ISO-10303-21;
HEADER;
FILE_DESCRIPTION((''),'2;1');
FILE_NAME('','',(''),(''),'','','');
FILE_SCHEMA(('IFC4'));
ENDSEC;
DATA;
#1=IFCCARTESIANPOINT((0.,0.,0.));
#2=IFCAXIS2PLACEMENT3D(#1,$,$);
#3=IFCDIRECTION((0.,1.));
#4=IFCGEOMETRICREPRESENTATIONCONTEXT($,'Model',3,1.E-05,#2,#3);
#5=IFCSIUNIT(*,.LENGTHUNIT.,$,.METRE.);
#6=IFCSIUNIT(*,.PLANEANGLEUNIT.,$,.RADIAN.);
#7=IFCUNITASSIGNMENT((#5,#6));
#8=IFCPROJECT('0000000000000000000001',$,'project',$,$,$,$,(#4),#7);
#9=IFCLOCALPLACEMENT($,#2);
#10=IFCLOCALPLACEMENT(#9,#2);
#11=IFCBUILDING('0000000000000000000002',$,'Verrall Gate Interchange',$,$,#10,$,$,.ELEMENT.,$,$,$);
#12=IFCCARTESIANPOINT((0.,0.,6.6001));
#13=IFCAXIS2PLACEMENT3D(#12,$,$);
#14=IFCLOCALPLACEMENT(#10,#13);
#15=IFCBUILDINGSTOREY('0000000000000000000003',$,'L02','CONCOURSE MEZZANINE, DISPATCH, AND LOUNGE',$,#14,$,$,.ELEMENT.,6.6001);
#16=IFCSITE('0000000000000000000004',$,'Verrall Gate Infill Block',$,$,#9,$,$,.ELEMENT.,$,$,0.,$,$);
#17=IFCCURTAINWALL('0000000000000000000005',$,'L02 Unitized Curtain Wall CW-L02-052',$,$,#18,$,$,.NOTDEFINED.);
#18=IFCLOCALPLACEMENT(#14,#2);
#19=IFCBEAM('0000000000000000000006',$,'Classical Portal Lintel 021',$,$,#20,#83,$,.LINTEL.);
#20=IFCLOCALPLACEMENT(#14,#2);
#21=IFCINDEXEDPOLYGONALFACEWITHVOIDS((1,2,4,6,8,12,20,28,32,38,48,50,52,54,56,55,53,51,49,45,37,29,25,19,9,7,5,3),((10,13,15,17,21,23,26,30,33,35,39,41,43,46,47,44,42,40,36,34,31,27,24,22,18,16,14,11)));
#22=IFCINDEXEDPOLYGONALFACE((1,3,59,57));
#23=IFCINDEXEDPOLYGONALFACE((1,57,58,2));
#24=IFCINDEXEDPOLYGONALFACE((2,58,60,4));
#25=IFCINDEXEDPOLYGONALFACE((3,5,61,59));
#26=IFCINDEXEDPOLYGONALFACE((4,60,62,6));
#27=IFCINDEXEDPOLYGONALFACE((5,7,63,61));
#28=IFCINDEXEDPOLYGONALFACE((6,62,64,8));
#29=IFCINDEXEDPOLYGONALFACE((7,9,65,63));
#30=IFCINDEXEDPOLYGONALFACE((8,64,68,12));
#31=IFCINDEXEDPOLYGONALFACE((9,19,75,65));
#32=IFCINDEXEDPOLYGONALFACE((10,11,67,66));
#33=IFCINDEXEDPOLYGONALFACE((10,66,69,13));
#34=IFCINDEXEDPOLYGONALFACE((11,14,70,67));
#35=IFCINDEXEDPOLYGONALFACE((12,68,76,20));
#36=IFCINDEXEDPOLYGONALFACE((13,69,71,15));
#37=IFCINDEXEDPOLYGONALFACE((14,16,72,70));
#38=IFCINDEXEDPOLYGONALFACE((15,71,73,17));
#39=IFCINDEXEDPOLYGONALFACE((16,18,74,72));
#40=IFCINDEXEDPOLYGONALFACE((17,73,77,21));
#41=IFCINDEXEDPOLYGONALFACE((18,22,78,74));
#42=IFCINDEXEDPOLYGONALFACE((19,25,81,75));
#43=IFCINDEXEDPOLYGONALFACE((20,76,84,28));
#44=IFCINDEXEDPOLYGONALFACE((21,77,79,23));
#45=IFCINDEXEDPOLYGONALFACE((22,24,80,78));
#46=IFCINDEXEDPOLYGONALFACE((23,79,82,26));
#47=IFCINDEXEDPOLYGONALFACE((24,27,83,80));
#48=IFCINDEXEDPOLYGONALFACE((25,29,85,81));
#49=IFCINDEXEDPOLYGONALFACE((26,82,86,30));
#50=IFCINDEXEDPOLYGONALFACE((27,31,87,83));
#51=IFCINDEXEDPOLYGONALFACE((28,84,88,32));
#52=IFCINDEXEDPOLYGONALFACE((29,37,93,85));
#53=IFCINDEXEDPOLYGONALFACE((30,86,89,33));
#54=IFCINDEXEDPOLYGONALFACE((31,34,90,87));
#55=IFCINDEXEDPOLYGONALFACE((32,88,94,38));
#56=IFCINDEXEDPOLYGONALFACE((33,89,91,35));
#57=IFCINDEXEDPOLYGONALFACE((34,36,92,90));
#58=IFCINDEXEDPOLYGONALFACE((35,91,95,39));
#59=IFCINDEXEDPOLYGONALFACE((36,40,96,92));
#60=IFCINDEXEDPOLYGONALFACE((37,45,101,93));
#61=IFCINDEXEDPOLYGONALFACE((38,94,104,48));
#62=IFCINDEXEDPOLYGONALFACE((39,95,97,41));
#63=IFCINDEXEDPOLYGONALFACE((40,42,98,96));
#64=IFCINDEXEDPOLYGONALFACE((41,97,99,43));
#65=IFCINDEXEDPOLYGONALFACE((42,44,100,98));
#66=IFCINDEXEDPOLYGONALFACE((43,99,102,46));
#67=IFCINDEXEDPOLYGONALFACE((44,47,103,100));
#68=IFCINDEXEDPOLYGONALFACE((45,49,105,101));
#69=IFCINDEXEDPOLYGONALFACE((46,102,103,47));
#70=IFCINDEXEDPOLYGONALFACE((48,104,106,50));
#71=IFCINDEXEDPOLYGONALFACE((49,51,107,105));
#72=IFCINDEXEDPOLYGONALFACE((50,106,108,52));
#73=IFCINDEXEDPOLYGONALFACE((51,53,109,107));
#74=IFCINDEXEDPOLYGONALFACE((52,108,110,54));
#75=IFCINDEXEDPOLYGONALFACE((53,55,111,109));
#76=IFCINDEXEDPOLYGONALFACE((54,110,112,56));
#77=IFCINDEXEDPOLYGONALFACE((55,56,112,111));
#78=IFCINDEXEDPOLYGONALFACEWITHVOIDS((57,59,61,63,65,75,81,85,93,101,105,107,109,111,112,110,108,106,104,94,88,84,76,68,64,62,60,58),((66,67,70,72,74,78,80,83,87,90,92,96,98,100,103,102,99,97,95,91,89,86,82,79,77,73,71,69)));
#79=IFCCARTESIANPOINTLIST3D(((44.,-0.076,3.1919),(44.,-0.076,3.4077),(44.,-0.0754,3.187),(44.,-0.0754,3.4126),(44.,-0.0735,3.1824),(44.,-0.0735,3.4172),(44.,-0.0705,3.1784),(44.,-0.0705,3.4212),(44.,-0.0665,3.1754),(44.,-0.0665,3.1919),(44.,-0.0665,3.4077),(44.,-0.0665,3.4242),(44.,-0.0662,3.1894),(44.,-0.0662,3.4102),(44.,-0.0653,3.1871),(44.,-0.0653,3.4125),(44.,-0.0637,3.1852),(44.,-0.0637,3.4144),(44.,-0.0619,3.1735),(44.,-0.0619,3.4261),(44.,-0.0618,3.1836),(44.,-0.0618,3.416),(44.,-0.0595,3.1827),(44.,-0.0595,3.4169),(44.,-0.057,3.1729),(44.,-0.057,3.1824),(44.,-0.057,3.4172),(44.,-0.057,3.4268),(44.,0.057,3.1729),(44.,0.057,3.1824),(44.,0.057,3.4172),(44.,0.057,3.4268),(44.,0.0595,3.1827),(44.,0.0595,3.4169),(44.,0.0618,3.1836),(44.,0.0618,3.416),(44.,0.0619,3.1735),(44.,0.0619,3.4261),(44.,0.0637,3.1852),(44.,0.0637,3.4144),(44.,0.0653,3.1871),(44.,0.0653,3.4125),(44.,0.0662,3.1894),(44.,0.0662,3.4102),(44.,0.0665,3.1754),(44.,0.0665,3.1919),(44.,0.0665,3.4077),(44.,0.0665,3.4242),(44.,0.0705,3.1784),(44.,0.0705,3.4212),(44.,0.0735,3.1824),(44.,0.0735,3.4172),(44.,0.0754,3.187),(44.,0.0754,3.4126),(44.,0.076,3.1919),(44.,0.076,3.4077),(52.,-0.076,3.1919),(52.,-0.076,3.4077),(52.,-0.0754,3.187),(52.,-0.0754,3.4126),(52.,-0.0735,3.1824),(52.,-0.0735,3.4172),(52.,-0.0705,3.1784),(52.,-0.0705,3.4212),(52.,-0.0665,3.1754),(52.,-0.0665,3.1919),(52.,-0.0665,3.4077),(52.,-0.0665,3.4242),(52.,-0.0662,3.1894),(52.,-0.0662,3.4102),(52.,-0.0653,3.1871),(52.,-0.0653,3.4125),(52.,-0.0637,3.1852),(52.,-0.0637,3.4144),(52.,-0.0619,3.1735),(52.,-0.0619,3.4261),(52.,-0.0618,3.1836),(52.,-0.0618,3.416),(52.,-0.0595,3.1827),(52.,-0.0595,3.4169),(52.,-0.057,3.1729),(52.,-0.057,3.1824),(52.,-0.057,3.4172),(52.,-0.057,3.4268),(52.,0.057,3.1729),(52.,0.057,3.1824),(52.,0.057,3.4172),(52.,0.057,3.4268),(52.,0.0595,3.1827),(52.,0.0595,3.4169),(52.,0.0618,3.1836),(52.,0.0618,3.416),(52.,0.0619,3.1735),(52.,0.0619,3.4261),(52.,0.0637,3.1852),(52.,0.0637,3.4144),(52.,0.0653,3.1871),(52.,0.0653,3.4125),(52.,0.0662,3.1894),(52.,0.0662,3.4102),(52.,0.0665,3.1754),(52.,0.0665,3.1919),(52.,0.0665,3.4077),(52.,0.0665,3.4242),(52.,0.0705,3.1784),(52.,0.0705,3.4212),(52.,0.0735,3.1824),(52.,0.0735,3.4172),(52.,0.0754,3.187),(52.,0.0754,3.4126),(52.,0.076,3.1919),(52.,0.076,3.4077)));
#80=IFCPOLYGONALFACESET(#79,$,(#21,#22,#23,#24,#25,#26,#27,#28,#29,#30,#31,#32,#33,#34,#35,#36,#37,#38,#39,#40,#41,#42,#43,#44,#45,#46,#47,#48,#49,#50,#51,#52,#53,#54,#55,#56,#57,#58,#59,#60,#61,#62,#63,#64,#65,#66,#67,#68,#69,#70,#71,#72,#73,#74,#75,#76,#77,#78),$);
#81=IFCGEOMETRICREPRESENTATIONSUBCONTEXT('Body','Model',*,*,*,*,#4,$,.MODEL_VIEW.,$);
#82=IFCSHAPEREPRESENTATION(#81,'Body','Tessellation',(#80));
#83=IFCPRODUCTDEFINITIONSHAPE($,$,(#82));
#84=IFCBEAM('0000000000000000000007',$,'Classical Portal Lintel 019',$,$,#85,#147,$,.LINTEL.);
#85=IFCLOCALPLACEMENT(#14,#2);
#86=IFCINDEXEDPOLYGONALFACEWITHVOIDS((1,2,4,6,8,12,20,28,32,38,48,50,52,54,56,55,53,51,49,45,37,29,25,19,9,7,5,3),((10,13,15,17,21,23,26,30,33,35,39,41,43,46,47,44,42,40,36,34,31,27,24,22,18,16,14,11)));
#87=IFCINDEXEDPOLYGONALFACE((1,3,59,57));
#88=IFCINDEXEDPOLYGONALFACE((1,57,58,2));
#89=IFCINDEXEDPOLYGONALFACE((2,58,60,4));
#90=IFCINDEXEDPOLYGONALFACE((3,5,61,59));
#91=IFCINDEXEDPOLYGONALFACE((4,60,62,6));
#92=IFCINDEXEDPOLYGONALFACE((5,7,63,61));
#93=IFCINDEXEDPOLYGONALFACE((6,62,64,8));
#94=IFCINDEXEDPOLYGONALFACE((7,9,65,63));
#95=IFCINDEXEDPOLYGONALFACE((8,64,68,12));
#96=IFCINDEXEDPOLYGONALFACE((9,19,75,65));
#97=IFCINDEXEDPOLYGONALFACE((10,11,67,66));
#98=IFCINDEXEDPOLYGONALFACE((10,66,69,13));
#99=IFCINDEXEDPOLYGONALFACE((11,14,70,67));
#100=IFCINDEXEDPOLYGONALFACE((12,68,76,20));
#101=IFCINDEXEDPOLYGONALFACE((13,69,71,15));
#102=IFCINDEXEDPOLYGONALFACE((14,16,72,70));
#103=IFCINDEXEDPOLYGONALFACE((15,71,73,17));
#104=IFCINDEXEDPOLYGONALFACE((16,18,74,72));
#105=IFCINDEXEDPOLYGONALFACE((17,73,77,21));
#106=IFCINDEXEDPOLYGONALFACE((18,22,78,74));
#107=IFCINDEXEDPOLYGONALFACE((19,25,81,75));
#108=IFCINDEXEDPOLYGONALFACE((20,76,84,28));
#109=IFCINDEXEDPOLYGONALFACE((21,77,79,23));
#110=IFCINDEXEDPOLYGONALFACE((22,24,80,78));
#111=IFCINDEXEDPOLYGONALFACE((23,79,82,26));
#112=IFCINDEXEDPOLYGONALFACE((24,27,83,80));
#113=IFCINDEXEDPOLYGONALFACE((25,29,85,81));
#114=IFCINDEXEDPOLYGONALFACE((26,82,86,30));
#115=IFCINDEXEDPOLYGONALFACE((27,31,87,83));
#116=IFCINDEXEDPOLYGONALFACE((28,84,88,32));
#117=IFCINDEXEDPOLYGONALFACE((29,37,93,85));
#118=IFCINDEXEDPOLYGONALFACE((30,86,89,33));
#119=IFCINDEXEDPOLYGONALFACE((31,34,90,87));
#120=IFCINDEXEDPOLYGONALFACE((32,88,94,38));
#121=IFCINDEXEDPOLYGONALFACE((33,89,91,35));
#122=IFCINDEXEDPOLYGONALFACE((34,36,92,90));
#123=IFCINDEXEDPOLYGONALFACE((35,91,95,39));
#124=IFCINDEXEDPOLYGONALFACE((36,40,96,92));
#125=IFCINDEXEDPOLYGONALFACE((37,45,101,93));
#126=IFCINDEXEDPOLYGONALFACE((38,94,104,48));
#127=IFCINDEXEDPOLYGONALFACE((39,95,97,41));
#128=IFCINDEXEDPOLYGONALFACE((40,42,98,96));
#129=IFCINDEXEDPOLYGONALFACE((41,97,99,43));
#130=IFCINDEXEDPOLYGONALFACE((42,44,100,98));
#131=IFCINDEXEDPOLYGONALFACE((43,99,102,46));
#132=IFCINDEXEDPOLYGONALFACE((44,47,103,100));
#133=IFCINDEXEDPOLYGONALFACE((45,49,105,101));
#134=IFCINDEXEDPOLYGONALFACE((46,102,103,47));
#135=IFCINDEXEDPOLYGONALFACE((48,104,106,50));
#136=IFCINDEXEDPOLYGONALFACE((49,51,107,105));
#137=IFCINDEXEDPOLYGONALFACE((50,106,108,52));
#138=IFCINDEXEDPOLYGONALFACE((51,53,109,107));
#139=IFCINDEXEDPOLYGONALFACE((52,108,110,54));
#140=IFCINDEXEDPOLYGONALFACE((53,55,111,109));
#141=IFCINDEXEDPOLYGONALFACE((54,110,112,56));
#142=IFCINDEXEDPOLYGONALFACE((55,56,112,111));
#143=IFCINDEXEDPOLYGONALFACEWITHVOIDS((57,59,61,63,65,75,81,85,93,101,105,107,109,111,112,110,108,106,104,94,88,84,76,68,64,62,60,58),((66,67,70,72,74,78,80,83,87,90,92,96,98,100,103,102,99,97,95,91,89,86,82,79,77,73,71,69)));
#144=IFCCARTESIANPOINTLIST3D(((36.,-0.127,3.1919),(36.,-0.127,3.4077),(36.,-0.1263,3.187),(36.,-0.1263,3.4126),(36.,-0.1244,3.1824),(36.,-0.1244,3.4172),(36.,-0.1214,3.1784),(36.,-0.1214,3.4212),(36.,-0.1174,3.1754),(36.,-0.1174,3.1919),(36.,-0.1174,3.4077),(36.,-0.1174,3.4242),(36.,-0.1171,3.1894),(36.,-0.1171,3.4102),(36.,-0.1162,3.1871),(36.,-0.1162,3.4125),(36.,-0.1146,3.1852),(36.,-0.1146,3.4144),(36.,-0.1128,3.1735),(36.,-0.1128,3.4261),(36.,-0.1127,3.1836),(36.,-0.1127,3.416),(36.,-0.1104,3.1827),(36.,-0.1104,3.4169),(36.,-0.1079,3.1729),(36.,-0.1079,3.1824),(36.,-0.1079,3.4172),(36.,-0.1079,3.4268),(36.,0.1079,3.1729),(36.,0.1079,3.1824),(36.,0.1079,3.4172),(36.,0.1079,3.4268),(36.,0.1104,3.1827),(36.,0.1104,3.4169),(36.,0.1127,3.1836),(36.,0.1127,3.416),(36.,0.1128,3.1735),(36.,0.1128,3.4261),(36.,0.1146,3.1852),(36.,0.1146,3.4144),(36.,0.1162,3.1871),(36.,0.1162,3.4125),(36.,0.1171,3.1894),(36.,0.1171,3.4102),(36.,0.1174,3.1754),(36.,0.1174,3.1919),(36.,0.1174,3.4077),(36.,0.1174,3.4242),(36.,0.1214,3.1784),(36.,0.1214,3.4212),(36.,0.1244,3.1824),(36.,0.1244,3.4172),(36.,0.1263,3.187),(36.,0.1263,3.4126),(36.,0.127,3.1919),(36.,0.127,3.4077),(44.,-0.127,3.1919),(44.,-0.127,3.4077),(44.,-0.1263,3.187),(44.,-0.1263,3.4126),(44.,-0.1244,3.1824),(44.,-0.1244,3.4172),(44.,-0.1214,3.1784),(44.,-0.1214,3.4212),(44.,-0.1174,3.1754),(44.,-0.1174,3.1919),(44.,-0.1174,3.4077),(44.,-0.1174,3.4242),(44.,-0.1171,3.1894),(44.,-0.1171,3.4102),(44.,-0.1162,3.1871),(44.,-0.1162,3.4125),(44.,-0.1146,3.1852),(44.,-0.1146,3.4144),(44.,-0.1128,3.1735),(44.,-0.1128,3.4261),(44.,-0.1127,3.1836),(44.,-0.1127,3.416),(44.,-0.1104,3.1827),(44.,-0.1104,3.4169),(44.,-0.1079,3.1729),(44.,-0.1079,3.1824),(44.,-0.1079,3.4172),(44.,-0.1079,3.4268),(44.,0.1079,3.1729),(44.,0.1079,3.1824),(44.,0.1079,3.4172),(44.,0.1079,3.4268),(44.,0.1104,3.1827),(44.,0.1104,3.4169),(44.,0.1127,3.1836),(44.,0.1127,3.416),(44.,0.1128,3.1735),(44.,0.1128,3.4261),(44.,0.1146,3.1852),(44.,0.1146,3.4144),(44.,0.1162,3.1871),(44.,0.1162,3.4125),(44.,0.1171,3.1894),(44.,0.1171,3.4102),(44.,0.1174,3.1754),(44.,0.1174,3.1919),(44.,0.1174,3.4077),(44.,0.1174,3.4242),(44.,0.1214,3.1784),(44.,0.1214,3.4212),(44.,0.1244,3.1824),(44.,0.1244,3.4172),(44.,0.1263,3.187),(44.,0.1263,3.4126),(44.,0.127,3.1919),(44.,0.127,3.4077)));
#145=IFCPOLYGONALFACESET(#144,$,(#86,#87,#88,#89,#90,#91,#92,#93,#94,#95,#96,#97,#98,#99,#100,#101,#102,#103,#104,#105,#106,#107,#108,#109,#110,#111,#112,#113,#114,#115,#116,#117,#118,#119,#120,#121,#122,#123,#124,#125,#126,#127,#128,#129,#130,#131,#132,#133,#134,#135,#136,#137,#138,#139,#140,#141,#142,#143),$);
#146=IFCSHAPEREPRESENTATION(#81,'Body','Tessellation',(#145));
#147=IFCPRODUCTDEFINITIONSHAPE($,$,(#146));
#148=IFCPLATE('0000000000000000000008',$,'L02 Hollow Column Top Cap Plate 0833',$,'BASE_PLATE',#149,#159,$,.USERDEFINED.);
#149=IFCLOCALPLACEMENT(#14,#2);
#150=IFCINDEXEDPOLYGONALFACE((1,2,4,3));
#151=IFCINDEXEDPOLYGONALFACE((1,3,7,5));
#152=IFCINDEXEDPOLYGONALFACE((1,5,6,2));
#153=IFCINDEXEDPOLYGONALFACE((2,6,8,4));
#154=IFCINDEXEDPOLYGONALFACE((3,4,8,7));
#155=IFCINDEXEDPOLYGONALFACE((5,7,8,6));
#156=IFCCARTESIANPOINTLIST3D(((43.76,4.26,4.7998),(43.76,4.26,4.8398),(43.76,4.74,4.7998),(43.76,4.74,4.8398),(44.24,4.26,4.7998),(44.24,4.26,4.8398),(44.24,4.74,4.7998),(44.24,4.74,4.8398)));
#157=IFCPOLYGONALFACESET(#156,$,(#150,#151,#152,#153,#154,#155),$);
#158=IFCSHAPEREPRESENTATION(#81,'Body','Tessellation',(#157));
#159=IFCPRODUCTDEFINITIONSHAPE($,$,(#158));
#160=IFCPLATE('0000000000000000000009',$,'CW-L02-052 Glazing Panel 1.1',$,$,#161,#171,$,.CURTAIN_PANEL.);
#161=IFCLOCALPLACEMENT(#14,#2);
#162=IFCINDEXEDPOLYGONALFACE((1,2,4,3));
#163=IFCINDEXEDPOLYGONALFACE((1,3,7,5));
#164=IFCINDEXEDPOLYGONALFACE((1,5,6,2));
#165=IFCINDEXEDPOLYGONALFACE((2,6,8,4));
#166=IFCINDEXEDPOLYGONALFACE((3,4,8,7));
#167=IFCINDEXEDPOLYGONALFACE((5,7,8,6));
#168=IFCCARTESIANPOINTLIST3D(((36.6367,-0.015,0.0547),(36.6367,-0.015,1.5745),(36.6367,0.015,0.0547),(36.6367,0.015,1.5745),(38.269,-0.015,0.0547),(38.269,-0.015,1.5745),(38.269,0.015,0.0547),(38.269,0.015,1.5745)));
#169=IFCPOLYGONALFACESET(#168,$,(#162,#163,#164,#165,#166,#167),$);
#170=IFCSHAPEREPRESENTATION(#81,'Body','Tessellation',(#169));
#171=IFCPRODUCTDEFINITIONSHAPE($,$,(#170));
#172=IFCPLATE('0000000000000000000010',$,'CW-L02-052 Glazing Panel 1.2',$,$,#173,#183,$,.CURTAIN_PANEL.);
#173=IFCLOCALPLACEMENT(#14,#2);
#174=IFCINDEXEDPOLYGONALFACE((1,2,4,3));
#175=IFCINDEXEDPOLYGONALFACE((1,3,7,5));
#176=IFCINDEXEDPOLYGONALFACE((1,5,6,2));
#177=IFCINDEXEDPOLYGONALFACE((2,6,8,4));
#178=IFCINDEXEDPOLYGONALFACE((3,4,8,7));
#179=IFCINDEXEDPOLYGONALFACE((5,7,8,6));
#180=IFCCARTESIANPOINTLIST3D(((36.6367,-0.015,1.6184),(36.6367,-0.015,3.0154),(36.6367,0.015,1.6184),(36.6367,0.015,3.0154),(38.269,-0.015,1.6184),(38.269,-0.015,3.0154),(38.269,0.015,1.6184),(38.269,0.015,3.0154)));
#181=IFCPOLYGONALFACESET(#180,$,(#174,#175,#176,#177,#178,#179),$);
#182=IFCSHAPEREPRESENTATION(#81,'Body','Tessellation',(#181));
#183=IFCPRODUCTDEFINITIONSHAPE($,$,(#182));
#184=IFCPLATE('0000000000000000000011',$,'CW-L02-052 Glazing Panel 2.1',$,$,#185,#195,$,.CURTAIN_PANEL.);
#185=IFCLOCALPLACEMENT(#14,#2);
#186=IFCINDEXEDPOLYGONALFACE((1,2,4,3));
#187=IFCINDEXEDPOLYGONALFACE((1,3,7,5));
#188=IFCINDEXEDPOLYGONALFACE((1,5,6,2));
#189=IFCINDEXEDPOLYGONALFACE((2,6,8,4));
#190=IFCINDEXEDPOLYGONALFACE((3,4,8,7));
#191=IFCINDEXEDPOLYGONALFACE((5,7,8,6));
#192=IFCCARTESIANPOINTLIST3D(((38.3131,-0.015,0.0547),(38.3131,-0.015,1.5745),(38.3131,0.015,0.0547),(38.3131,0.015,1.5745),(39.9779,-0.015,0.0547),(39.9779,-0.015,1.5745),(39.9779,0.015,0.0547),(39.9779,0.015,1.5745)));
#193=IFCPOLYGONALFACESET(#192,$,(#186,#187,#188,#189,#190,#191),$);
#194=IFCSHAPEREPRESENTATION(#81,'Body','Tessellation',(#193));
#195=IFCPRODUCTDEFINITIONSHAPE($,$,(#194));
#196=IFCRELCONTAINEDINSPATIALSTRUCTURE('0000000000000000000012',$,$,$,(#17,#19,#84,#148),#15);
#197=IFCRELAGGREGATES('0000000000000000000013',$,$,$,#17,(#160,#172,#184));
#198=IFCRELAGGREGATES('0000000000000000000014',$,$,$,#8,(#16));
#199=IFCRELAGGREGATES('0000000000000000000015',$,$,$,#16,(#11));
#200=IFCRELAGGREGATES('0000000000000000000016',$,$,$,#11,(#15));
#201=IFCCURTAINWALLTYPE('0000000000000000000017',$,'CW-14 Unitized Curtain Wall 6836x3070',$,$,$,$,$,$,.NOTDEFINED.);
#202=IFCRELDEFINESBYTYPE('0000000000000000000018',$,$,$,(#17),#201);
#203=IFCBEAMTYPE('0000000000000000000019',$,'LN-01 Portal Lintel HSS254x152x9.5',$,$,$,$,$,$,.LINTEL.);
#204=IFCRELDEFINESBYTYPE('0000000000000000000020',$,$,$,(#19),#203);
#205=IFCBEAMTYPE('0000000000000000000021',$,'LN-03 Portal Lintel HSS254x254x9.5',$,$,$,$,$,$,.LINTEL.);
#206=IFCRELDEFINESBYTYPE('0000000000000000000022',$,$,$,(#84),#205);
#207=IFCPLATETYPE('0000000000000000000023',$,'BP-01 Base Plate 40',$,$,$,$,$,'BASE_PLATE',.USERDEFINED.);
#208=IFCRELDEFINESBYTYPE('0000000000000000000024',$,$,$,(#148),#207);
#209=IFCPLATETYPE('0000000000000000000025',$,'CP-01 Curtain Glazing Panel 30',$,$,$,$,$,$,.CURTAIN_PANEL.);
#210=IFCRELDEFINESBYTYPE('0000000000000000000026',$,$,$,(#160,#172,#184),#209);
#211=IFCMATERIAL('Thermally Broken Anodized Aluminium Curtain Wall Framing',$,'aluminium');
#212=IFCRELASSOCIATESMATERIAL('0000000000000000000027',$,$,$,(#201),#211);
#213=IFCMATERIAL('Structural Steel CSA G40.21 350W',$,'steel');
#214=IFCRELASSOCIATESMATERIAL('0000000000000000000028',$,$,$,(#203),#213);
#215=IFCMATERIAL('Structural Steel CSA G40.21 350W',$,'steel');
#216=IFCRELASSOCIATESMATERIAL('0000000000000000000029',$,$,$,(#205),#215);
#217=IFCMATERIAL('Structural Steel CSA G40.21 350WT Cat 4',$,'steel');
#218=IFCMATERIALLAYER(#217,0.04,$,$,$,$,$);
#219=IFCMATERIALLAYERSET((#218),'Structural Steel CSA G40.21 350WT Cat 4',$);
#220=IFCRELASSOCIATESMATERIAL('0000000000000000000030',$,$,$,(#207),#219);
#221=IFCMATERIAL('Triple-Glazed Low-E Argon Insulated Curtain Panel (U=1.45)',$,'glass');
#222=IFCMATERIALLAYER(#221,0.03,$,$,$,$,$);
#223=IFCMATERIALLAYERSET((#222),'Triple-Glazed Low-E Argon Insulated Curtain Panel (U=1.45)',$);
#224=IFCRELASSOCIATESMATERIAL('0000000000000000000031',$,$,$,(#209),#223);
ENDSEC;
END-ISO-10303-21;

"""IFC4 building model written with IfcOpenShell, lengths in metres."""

from ifc_helpers import new_model, si_unit, direction, frame, origin, origin_2d, place, context, subcontext, project, spatial, rectangle, hollow_rectangle, extrude, material, layer, layer_set, material_profile, profile_set, type_object, element, aggregate, save


model = new_model("IFC4")

# Units and contexts
model_context = context("Model", 3, precision=1e-05, world=origin(), true_north=direction((0.0, 1.0)))
body_context = subcontext(model_context, "Body", "Model", "MODEL_VIEW")
ifc_project = project(units=[si_unit("LENGTHUNIT", "METRE"), si_unit("PLANEANGLEUNIT", "RADIAN")], contexts=[model_context])

# Site, building, storey
site_placement = place(None, origin())
site = spatial("IfcSite", under=ifc_project, at=site_placement, Name="Verrall Gate Infill Block", CompositionType="ELEMENT", RefElevation=0.0)
building_placement = place(site_placement, origin())
building = spatial("IfcBuilding", under=site, at=building_placement, Name="Verrall Gate Interchange", CompositionType="ELEMENT")
storey_placement = place(building_placement, frame((0.0, 0.0, 6.6001)))
storey = spatial("IfcBuildingStorey", under=building, at=storey_placement, Name="L02", Description="CONCOURSE MEZZANINE, DISPATCH, AND LOUNGE", CompositionType="ELEMENT", Elevation=6.6001)

# Curtain wall
ifc_material_1 = material(Name="Thermally Broken Anodized Aluminium Curtain Wall Framing", Category="aluminium")
curtain_wall_type = type_object("IfcCurtainWallType", Name="CW-14 Unitized Curtain Wall 6836x3070", PredefinedType="NOTDEFINED", material=ifc_material_1)
curtain_wall_1_placement = place(storey_placement, origin())
curtain_wall_1 = element("IfcCurtainWall", 1, at=curtain_wall_1_placement, inside=storey, type_object=curtain_wall_type, Name="L02 Unitized Curtain Wall CW-L02-052", PredefinedType="NOTDEFINED")

# Beams
ifc_material_2 = material(Name="Structural Steel CSA G40.21 350W", Category="steel")
ifc_material_profile_1 = material_profile(ifc_material_2, hollow_rectangle(XDim=0.1521, YDim=0.2539, WallThickness=0.0095, InnerFilletRadius=0.0095, OuterFilletRadius=0.019, at=origin_2d()), Name="HSS254x152x9.5")
ifc_profile_set_1 = profile_set([ifc_material_profile_1], Name="Structural Steel CSA G40.21 350W")
beam_type_1 = type_object("IfcBeamType", Name="LN-01 Portal Lintel HSS254x152x9.5", PredefinedType="LINTEL", material=ifc_profile_set_1)
beam_1_placement = place(storey_placement, frame((44.0, 0.0, 3.2998), z_axis=(1.0, 0.0, 0.0), x_axis=(0.0, 1.0, 0.0)))
element("IfcBeam", 2, at=beam_1_placement, inside=storey, type_object=beam_type_1, Name="Classical Portal Lintel 021", PredefinedType="LINTEL", context=body_context, shape_type="SweptSolid", body=[
    extrude(hollow_rectangle(XDim=0.1521, YDim=0.2539, WallThickness=0.0095, InnerFilletRadius=0.0095, OuterFilletRadius=0.019, at=origin_2d()), origin(), (0.0, 0.0, 1.0), 8.0),
])
ifc_material_3 = material(Name="Structural Steel CSA G40.21 350W", Category="steel")
ifc_material_profile_2 = material_profile(ifc_material_3, hollow_rectangle(XDim=0.2539, YDim=0.2539, WallThickness=0.0095, InnerFilletRadius=0.0095, OuterFilletRadius=0.019, at=origin_2d()), Name="HSS254x254x9.5")
ifc_profile_set_2 = profile_set([ifc_material_profile_2], Name="Structural Steel CSA G40.21 350W")
beam_type_2 = type_object("IfcBeamType", Name="LN-03 Portal Lintel HSS254x254x9.5", PredefinedType="LINTEL", material=ifc_profile_set_2)
beam_2_placement = place(storey_placement, frame((36.0, 0.0, 3.2998), z_axis=(1.0, 0.0, 0.0), x_axis=(0.0, 1.0, 0.0)))
element("IfcBeam", 3, at=beam_2_placement, inside=storey, type_object=beam_type_2, Name="Classical Portal Lintel 019", PredefinedType="LINTEL", context=body_context, shape_type="SweptSolid", body=[
    extrude(hollow_rectangle(XDim=0.2539, YDim=0.2539, WallThickness=0.0095, InnerFilletRadius=0.0095, OuterFilletRadius=0.019, at=origin_2d()), origin(), (0.0, 0.0, 1.0), 8.0),
])

# Plates
ifc_material_4 = material(Name="Structural Steel CSA G40.21 350WT Cat 4", Category="steel")
ifc_layer_1 = layer(ifc_material_4, 0.04)
ifc_layer_set_1 = layer_set([ifc_layer_1], Name="Structural Steel CSA G40.21 350WT Cat 4")
plate_type_1 = type_object("IfcPlateType", Name="BP-01 Base Plate 40", ElementType="BASE_PLATE", PredefinedType="USERDEFINED", material=ifc_layer_set_1)
plate_1_placement = place(storey_placement, frame((44.0, 4.5, 4.7998), z_axis=(0.0, 0.0, 1.0), x_axis=(1.0, 0.0, 0.0)))
element("IfcPlate", 4, at=plate_1_placement, inside=storey, type_object=plate_type_1, Name="L02 Hollow Column Top Cap Plate 0833", ObjectType="BASE_PLATE", PredefinedType="USERDEFINED", context=body_context, shape_type="SweptSolid", body=[
    extrude(rectangle(XDim=0.48, YDim=0.48, at=origin_2d()), origin(), (0.0, 0.0, 1.0), 0.04),
])
ifc_material_5 = material(Name="Triple-Glazed Low-E Argon Insulated Curtain Panel (U=1.45)", Category="glass")
ifc_layer_2 = layer(ifc_material_5, 0.03)
ifc_layer_set_2 = layer_set([ifc_layer_2], Name="Triple-Glazed Low-E Argon Insulated Curtain Panel (U=1.45)")
plate_type_2 = type_object("IfcPlateType", Name="CP-01 Curtain Glazing Panel 30", PredefinedType="CURTAIN_PANEL", material=ifc_layer_set_2)
plate_2_placement = place(storey_placement, frame((37.4529, 0.0, 0.0547), z_axis=(0.0, 0.0, 1.0), x_axis=(1.0, 0.0, 0.0)))
plate_2 = element("IfcPlate", 5, at=plate_2_placement, type_object=plate_type_2, Name="CW-L02-052 Glazing Panel 1.1", PredefinedType="CURTAIN_PANEL", context=body_context, shape_type="SweptSolid", body=[
    extrude(rectangle(XDim=1.6323, YDim=0.03, at=origin_2d()), origin(), (0.0, 0.0, 1.0), 1.5198),
])
plate_3_placement = place(storey_placement, frame((37.4529, 0.0, 1.6184), z_axis=(0.0, 0.0, 1.0), x_axis=(1.0, 0.0, 0.0)))
plate_3 = element("IfcPlate", 6, at=plate_3_placement, type_object=plate_type_2, Name="CW-L02-052 Glazing Panel 1.2", PredefinedType="CURTAIN_PANEL", context=body_context, shape_type="SweptSolid", body=[
    extrude(rectangle(XDim=1.6323, YDim=0.03, at=origin_2d()), origin(), (0.0, 0.0, 1.0), 1.397),
])
plate_4_placement = place(storey_placement, frame((39.1455, 0.0, 0.0547), z_axis=(0.0, 0.0, 1.0), x_axis=(1.0, 0.0, 0.0)))
plate_4 = element("IfcPlate", 7, at=plate_4_placement, type_object=plate_type_2, Name="CW-L02-052 Glazing Panel 2.1", PredefinedType="CURTAIN_PANEL", context=body_context, shape_type="SweptSolid", body=[
    extrude(rectangle(XDim=1.6648, YDim=0.03, at=origin_2d()), origin(), (0.0, 0.0, 1.0), 1.5198),
])
aggregate(curtain_wall_1, [plate_2, plate_3, plate_4])

save(model, "model.ifc")
